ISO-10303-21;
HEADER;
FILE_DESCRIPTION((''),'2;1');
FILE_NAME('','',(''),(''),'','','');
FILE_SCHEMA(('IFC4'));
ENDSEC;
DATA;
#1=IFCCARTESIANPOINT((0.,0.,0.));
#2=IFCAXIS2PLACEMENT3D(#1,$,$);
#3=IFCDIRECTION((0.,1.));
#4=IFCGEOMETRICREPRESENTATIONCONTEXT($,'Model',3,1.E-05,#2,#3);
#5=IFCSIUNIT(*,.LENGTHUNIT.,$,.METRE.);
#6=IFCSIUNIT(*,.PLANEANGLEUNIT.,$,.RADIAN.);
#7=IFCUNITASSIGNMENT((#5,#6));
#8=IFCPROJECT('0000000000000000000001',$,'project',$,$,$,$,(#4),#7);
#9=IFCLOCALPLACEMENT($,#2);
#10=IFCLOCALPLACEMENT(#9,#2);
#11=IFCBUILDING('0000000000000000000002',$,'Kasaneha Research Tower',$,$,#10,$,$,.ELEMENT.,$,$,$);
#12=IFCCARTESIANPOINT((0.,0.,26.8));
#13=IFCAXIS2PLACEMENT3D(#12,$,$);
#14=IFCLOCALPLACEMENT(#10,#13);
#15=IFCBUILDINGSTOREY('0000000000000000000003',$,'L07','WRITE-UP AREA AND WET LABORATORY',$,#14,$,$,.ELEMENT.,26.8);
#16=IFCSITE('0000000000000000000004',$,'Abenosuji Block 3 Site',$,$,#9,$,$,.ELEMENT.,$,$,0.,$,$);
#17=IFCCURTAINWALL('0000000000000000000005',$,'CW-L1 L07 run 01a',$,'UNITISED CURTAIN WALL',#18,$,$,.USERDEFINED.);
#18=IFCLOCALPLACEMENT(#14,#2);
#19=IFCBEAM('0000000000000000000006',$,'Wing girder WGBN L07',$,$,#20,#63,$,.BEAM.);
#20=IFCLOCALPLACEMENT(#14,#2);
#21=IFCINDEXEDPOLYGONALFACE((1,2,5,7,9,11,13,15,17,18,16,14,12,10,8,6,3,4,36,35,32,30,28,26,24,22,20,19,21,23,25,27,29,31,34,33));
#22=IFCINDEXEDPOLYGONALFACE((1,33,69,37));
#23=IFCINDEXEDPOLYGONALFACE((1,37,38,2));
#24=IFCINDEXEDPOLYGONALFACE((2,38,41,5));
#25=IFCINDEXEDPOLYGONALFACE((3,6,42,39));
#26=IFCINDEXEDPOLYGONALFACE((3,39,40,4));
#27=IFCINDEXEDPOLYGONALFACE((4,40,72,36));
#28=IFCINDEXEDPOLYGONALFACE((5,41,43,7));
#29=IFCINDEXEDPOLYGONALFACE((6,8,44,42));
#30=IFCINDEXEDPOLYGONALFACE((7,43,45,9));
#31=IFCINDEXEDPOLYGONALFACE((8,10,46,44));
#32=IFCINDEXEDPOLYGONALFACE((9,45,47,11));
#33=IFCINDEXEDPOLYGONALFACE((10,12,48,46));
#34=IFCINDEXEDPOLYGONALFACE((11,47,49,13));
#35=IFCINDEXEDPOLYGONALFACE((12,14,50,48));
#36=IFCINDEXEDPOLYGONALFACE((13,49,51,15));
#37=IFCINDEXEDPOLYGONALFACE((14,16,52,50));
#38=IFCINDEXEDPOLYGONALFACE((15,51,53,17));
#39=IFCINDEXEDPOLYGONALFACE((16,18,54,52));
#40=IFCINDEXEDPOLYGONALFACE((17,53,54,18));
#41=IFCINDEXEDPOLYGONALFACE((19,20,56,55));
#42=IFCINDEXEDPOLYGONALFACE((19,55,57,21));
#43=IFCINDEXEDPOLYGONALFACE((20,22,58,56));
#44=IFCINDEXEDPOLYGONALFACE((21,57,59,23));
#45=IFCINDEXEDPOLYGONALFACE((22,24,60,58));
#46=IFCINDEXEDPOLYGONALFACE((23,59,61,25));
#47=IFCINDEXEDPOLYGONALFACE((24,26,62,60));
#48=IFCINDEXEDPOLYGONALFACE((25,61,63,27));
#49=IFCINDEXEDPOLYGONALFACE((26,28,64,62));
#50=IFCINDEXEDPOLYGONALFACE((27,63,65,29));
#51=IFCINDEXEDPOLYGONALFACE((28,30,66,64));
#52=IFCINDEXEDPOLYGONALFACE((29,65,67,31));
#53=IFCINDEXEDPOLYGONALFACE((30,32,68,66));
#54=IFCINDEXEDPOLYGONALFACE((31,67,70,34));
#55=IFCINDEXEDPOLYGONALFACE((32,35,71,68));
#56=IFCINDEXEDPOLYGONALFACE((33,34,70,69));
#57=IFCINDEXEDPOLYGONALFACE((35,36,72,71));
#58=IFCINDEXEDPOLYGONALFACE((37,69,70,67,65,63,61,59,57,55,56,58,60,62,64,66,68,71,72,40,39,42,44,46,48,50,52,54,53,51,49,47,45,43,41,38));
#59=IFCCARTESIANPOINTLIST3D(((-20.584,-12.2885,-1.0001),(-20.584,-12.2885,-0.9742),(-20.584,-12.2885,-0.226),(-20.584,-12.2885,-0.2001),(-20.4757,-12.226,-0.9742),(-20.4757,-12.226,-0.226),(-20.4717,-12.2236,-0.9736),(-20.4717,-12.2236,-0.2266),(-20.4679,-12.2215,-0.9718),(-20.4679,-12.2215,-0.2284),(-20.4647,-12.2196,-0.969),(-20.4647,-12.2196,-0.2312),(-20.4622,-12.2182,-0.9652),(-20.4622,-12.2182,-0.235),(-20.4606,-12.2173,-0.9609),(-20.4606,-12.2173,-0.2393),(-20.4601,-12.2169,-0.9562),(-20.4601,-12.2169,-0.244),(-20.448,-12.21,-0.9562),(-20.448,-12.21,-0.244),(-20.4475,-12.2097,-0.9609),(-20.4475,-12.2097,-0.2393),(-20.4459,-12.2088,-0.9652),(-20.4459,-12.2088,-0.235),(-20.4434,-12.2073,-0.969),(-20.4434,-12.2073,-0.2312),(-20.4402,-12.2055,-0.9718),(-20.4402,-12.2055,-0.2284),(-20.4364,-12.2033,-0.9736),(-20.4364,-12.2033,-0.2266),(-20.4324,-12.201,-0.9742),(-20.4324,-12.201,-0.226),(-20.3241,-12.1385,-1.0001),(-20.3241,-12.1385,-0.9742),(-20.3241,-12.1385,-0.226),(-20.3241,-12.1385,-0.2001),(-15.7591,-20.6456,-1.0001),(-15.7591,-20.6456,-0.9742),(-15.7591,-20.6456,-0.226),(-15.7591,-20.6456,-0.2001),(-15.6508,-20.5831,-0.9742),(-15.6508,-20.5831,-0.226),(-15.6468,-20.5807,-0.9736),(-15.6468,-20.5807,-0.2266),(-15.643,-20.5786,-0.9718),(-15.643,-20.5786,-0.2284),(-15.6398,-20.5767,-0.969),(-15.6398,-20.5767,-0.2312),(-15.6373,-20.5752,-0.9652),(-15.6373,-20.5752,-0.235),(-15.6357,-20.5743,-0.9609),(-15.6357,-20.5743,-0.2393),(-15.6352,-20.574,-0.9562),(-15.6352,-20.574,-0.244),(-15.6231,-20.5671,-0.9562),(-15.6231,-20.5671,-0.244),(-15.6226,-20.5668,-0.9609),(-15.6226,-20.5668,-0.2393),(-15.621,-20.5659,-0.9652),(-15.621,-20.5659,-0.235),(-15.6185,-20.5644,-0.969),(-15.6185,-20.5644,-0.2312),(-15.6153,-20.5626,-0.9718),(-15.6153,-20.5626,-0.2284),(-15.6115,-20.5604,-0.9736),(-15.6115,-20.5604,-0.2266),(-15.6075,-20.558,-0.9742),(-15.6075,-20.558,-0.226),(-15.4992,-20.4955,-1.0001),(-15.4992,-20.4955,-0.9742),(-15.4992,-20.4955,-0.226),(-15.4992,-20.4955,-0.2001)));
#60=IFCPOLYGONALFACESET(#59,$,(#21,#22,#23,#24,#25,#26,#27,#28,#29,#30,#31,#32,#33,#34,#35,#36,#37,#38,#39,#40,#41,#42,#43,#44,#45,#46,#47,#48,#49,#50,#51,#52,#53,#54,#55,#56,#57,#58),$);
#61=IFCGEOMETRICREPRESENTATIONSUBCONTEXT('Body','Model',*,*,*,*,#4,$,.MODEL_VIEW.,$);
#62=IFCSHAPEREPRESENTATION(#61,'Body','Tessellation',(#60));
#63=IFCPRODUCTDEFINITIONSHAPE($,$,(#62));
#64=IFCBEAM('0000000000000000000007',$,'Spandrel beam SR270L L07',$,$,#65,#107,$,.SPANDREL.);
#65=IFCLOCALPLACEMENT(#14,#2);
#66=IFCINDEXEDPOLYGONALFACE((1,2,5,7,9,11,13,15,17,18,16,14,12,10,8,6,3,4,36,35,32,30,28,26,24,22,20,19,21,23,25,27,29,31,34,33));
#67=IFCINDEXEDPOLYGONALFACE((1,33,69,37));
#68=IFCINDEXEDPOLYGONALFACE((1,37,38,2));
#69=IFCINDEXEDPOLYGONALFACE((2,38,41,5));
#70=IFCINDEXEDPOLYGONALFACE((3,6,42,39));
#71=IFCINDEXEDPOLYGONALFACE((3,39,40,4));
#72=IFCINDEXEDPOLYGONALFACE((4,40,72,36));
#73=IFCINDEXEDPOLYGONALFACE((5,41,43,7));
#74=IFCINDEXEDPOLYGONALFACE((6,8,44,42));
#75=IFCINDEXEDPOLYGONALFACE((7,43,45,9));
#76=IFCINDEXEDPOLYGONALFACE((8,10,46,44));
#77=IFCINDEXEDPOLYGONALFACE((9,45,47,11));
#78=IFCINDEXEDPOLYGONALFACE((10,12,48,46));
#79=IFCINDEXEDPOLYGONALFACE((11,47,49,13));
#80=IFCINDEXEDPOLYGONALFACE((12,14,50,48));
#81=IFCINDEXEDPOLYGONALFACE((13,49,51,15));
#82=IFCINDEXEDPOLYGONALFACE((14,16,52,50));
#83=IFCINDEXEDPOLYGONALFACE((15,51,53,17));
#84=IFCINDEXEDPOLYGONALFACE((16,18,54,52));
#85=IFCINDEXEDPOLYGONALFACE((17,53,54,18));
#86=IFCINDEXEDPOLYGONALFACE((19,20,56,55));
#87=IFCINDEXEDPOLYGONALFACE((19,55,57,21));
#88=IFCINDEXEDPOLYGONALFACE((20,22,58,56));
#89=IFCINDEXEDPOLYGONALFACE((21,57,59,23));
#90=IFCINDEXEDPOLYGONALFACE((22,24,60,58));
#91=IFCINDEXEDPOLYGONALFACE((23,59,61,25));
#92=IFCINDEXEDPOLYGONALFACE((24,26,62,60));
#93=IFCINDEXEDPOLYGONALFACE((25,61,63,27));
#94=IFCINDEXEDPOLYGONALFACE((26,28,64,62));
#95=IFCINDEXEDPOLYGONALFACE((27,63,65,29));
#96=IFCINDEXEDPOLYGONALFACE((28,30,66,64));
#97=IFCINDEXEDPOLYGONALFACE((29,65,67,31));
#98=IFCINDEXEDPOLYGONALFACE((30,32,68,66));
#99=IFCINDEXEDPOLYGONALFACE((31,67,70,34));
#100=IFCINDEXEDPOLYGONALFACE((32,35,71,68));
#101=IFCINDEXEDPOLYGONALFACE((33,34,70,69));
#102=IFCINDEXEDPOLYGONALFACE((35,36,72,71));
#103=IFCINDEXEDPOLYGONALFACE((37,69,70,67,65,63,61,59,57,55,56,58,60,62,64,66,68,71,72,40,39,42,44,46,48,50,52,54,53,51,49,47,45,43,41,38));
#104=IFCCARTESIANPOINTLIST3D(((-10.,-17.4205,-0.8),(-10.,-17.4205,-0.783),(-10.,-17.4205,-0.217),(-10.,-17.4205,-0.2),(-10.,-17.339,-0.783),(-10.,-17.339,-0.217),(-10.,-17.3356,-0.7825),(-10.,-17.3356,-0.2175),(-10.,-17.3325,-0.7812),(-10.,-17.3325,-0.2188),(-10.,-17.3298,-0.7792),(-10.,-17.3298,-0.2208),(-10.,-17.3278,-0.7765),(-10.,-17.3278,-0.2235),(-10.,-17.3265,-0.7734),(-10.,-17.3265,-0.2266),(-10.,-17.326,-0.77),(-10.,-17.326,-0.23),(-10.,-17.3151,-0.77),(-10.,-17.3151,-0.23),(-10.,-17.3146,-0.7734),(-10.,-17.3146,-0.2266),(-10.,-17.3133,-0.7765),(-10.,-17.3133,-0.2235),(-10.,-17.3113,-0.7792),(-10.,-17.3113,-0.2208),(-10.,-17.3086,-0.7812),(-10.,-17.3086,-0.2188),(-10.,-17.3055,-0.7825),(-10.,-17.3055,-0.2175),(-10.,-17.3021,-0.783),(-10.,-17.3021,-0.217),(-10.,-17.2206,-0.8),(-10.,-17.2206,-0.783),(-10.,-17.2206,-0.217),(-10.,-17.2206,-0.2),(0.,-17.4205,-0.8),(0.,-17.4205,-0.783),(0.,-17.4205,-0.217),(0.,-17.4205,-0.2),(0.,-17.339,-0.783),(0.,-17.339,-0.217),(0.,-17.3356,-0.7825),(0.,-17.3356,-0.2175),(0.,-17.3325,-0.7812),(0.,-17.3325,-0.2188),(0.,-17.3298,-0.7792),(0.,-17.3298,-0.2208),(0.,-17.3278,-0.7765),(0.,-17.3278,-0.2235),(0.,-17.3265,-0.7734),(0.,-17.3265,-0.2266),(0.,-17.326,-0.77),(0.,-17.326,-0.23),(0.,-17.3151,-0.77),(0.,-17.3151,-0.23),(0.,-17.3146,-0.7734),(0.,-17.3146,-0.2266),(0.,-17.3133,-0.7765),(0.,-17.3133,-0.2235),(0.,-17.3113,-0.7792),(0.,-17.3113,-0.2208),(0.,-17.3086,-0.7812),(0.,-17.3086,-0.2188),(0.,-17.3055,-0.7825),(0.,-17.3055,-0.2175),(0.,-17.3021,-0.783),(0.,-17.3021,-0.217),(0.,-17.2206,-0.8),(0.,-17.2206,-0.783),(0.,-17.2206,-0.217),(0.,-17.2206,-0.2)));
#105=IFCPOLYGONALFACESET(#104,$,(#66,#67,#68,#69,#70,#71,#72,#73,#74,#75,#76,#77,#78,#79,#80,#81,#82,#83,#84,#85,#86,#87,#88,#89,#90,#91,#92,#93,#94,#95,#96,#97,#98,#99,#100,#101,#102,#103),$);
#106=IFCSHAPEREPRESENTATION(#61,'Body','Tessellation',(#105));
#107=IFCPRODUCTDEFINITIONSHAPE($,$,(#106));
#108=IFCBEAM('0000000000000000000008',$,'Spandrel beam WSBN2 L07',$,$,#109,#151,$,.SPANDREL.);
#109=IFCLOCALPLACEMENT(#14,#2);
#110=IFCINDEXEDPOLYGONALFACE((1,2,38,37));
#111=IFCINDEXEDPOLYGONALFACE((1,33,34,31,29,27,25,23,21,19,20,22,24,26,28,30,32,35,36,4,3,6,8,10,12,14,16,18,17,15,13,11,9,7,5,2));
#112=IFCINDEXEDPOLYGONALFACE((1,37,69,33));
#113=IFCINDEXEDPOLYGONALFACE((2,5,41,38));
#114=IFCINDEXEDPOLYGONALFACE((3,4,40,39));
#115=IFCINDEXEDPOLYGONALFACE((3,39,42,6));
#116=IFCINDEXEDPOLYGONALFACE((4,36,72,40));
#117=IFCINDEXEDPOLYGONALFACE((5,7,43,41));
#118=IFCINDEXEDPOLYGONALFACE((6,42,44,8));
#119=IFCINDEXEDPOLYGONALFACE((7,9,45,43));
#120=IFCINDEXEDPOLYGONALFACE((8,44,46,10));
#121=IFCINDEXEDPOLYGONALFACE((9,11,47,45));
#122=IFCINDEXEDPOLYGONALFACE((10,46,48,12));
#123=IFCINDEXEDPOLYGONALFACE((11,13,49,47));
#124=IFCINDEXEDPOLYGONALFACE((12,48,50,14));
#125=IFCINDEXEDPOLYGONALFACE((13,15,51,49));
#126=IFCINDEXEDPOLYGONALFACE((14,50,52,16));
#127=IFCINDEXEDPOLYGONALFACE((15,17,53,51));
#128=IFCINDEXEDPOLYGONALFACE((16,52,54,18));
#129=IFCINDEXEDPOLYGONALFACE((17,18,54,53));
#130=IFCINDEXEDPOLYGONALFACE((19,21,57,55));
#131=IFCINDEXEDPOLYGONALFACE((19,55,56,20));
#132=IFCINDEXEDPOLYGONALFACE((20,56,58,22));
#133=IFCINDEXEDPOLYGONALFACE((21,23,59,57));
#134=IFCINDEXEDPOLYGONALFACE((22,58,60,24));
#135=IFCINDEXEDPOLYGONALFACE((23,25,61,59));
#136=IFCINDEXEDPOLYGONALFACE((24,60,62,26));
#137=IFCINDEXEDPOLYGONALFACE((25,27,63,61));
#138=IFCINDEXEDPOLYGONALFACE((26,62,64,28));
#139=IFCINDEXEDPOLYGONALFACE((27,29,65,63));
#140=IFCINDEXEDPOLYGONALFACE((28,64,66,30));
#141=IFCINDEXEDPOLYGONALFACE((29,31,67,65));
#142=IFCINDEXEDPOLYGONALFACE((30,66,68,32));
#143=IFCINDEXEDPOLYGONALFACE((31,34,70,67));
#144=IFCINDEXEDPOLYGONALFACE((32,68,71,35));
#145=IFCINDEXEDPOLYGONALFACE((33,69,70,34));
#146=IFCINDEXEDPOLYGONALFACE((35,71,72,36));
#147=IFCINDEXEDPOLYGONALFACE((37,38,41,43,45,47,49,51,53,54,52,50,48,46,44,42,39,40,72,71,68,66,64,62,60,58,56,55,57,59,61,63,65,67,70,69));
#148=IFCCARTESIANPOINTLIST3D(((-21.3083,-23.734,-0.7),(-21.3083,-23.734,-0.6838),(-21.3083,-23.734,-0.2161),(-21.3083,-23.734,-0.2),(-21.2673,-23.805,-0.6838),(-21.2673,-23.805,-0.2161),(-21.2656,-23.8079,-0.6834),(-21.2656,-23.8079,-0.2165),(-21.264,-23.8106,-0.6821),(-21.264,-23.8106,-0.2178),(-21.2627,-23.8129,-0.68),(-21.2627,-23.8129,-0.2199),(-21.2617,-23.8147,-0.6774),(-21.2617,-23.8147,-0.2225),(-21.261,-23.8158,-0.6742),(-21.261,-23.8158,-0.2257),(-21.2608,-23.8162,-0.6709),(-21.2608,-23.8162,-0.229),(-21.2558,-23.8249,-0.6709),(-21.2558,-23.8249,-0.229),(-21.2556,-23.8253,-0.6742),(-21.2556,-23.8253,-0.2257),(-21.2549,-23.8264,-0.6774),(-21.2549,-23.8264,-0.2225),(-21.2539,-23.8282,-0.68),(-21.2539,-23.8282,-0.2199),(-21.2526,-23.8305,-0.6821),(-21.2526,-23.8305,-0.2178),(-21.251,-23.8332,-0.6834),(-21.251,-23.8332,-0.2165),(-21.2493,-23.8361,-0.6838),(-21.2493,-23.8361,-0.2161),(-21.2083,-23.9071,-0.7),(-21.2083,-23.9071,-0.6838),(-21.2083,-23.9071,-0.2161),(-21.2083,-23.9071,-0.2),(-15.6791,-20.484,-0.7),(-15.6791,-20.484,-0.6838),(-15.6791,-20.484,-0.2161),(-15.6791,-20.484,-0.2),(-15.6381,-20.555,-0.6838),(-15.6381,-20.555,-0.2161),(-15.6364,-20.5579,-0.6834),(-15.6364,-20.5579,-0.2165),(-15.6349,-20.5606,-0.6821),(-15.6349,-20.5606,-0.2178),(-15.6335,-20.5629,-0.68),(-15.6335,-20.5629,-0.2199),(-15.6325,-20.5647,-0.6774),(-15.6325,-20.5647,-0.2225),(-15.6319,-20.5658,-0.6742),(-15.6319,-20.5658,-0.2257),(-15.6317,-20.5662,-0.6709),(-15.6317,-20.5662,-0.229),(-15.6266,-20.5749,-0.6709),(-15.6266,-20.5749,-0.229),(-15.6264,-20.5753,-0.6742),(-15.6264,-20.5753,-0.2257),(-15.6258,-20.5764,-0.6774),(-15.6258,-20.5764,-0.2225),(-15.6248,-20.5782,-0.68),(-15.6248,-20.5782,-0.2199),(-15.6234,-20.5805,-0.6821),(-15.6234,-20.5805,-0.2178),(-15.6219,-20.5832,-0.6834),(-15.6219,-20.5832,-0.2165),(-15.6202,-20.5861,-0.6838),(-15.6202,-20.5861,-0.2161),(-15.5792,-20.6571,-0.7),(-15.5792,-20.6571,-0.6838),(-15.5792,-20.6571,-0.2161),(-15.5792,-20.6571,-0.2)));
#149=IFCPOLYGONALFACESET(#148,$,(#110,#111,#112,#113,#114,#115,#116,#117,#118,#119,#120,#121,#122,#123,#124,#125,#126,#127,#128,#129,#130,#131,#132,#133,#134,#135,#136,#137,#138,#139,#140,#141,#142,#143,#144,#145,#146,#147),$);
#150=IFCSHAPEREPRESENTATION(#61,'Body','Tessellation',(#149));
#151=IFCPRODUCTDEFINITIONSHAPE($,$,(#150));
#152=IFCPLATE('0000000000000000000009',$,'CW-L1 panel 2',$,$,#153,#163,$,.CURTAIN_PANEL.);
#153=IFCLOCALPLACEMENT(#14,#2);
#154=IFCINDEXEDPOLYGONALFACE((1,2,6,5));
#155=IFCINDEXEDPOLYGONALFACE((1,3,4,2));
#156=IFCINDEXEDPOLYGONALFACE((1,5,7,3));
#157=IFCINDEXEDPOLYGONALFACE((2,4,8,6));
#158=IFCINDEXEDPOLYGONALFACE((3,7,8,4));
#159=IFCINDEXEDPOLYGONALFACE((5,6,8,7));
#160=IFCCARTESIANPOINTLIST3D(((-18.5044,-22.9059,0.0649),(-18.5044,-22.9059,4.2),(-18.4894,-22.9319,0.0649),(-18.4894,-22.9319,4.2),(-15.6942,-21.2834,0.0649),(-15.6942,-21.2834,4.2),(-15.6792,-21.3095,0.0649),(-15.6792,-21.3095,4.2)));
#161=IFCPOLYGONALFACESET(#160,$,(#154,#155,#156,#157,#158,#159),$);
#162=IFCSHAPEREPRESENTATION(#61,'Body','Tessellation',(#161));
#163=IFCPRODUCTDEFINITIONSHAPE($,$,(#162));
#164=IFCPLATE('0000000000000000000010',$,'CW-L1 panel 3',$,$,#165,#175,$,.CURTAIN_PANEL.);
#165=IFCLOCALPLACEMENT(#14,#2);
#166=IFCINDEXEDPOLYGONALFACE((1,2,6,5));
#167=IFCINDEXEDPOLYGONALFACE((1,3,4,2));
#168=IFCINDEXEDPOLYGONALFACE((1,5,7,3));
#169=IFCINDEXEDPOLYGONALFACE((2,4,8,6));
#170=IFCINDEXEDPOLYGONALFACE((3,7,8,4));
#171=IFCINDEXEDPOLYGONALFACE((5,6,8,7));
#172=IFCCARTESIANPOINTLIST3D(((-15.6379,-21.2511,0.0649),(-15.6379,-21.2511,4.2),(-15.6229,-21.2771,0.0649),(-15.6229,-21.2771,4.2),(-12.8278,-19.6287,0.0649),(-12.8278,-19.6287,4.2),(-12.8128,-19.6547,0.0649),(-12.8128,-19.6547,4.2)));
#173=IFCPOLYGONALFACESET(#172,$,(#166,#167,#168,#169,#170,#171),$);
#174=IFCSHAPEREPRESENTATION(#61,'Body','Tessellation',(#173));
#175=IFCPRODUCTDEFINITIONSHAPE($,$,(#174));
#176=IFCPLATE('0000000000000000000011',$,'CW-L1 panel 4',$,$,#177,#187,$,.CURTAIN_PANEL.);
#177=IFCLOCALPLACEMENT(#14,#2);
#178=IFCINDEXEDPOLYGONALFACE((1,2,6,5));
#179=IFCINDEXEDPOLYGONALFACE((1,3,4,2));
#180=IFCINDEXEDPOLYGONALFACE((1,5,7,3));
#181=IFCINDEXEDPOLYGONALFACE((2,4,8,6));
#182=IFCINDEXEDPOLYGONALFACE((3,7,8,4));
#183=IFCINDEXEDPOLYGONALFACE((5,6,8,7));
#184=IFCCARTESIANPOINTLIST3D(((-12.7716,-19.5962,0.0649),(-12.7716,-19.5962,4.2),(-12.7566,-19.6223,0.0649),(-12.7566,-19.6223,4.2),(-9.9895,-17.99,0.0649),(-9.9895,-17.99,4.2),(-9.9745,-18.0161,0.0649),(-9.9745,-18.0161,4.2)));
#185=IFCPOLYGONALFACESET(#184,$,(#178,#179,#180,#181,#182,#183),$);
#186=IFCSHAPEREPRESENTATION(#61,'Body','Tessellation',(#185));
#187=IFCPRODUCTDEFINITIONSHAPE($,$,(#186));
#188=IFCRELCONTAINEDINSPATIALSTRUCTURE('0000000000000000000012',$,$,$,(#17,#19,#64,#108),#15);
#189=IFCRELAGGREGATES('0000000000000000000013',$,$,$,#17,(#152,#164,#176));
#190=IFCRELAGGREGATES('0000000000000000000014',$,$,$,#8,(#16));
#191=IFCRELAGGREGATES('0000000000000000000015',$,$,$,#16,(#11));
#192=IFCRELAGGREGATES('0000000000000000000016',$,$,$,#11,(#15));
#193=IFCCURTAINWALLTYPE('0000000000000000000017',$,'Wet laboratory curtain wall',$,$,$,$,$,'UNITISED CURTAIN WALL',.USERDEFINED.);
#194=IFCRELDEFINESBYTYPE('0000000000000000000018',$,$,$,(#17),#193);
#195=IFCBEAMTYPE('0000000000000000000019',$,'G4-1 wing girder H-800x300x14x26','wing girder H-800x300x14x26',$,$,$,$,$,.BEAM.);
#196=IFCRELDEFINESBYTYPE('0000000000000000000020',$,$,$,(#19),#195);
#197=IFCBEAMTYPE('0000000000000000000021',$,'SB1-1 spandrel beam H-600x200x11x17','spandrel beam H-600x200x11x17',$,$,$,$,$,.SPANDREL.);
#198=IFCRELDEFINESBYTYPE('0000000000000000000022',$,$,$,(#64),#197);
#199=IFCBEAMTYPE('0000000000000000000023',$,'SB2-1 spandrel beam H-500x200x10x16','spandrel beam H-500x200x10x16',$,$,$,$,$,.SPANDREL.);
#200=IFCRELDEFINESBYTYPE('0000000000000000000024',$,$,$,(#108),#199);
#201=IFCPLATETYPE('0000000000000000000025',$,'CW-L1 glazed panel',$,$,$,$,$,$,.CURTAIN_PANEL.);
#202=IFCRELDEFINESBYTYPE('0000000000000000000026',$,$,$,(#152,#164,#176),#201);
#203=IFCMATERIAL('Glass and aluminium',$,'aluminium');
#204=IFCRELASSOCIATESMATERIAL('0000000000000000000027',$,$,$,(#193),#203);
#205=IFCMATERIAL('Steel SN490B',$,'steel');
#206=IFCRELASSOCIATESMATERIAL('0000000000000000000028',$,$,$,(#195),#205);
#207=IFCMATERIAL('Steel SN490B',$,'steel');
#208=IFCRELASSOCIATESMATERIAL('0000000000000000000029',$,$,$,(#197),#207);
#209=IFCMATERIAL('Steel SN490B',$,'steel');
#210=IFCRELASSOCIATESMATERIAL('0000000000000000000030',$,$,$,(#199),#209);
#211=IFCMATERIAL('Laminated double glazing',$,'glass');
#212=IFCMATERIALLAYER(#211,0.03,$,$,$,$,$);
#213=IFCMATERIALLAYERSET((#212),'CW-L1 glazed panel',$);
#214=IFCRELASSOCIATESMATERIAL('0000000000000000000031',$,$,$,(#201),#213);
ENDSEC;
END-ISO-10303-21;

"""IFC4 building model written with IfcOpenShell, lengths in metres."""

from ifc_helpers import new_model, si_unit, direction, frame, origin, origin_2d, place, context, subcontext, project, spatial, rectangle, i_section, extrude, material, layer, layer_set, material_profile, profile_set, type_object, element, aggregate, save


model = new_model("IFC4")

# Units and contexts
model_context = context("Model", 3, precision=1e-05, world=origin(), true_north=direction((0.0, 1.0)))
body_context = subcontext(model_context, "Body", "Model", "MODEL_VIEW")
ifc_project = project(units=[si_unit("LENGTHUNIT", "METRE"), si_unit("PLANEANGLEUNIT", "RADIAN")], contexts=[model_context])

# Site, building, storey
site_placement = place(None, origin())
site = spatial("IfcSite", under=ifc_project, at=site_placement, Name="Abenosuji Block 3 Site", CompositionType="ELEMENT", RefElevation=0.0)
building_placement = place(site_placement, origin())
building = spatial("IfcBuilding", under=site, at=building_placement, Name="Kasaneha Research Tower", CompositionType="ELEMENT")
storey_placement = place(building_placement, frame((0.0, 0.0, 26.8)))
storey = spatial("IfcBuildingStorey", under=building, at=storey_placement, Name="L07", Description="WRITE-UP AREA AND WET LABORATORY", CompositionType="ELEMENT", Elevation=26.8)

# Curtain wall
ifc_material_1 = material(Name="Glass and aluminium", Category="aluminium")
curtain_wall_type = type_object("IfcCurtainWallType", Name="Wet laboratory curtain wall", ElementType="UNITISED CURTAIN WALL", PredefinedType="USERDEFINED", material=ifc_material_1)
curtain_wall_1_placement = place(storey_placement, origin())
curtain_wall_1 = element("IfcCurtainWall", 1, at=curtain_wall_1_placement, inside=storey, type_object=curtain_wall_type, Name="CW-L1 L07 run 01a", ObjectType="UNITISED CURTAIN WALL", PredefinedType="USERDEFINED")

# Beams
ifc_material_2 = material(Name="Steel SN490B", Category="steel")
ifc_material_profile_1 = material_profile(ifc_material_2, i_section(OverallWidth=0.3, OverallDepth=0.8, WebThickness=0.0139, FlangeThickness=0.0259, FilletRadius=0.0181, at=origin_2d()), Name="H-800x300x14x26")
ifc_profile_set_1 = profile_set([ifc_material_profile_1], Name="Steel SN490B")
beam_type_1 = type_object("IfcBeamType", Name="G4-1 wing girder H-800x300x14x26", Description="wing girder H-800x300x14x26", PredefinedType="BEAM", material=ifc_profile_set_1)
beam_1_placement = place(storey_placement, frame((-15.6292, -20.5706, -0.6001), z_axis=(-0.499995, 0.866028, 0.0), x_axis=(-0.866028, -0.499995, 0.0)))
element("IfcBeam", 2, at=beam_1_placement, inside=storey, type_object=beam_type_1, Name="Wing girder WGBN L07", PredefinedType="BEAM", context=body_context, shape_type="SweptSolid", body=[
    extrude(i_section(OverallWidth=0.3, OverallDepth=0.8, WebThickness=0.0139, FlangeThickness=0.0259, FilletRadius=0.0181, at=origin_2d()), origin(), (0.0, 0.0, 1.0), 9.6499),
])
ifc_material_3 = material(Name="Steel SN490B", Category="steel")
ifc_material_profile_2 = material_profile(ifc_material_3, i_section(OverallWidth=0.2, OverallDepth=0.6001, WebThickness=0.011, FlangeThickness=0.0171, FilletRadius=0.0129, at=origin_2d()), Name="H-600x200x11x17")
ifc_profile_set_2 = profile_set([ifc_material_profile_2], Name="Steel SN490B")
beam_type_2 = type_object("IfcBeamType", Name="SB1-1 spandrel beam H-600x200x11x17", Description="spandrel beam H-600x200x11x17", PredefinedType="SPANDREL", material=ifc_profile_set_2)
beam_2_placement = place(storey_placement, frame((-10.0, -17.3206, -0.5), z_axis=(1.0, 0.0, 0.0), x_axis=(0.0, 1.0, 0.0)))
element("IfcBeam", 3, at=beam_2_placement, inside=storey, type_object=beam_type_2, Name="Spandrel beam SR270L L07", PredefinedType="SPANDREL", context=body_context, shape_type="SweptSolid", body=[
    extrude(i_section(OverallWidth=0.2, OverallDepth=0.6001, WebThickness=0.011, FlangeThickness=0.0171, FilletRadius=0.0129, at=origin_2d()), origin(), (0.0, 0.0, 1.0), 10.0),
])
ifc_material_4 = material(Name="Steel SN490B", Category="steel")
ifc_material_profile_3 = material_profile(ifc_material_4, i_section(OverallWidth=0.2, OverallDepth=0.5, WebThickness=0.01, FlangeThickness=0.0161, FilletRadius=0.0129, at=origin_2d()), Name="H-500x200x10x16")
ifc_profile_set_3 = profile_set([ifc_material_profile_3], Name="Steel SN490B")
beam_type_3 = type_object("IfcBeamType", Name="SB2-1 spandrel beam H-500x200x10x16", Description="spandrel beam H-500x200x10x16", PredefinedType="SPANDREL", material=ifc_profile_set_3)
beam_3_placement = place(storey_placement, frame((-15.6292, -20.5706, -0.45), z_axis=(-0.866025, -0.500001, 0.0), x_axis=(0.500001, -0.866025, 0.0)))
element("IfcBeam", 4, at=beam_3_placement, inside=storey, type_object=beam_type_3, Name="Spandrel beam WSBN2 L07", PredefinedType="SPANDREL", context=body_context, shape_type="SweptSolid", body=[
    extrude(i_section(OverallWidth=0.2, OverallDepth=0.5, WebThickness=0.01, FlangeThickness=0.0161, FilletRadius=0.0129, at=origin_2d()), origin(), (0.0, 0.0, 1.0), 6.5),
])

# Plates
ifc_material_5 = material(Name="Laminated double glazing", Category="glass")
ifc_layer_1 = layer(ifc_material_5, 0.03)
ifc_layer_set_1 = layer_set([ifc_layer_1], Name="CW-L1 glazed panel")
plate_type = type_object("IfcPlateType", Name="CW-L1 glazed panel", PredefinedType="CURTAIN_PANEL", material=ifc_layer_set_1)
plate_1_placement = place(storey_placement, frame((-17.0918, -22.1077, 0.0649), z_axis=(0.0, 0.0, 1.0), x_axis=(0.866025, 0.5, 0.0)))
plate_1 = element("IfcPlate", 5, at=plate_1_placement, type_object=plate_type, Name="CW-L1 panel 2", PredefinedType="CURTAIN_PANEL", context=body_context, shape_type="SweptSolid", body=[
    extrude(rectangle(XDim=3.2449, YDim=0.03, at=origin_2d()), origin(), (0.0, 0.0, 1.0), 4.135),
])
plate_2_placement = place(storey_placement, frame((-14.2253, -20.4529, 0.0649), z_axis=(0.0, 0.0, 1.0), x_axis=(0.866025, 0.5, 0.0)))
plate_2 = element("IfcPlate", 6, at=plate_2_placement, type_object=plate_type, Name="CW-L1 panel 3", PredefinedType="CURTAIN_PANEL", context=body_context, shape_type="SweptSolid", body=[
    extrude(rectangle(XDim=3.2449, YDim=0.03, at=origin_2d()), origin(), (0.0, 0.0, 1.0), 4.135),
])
plate_3_placement = place(storey_placement, frame((-11.373, -18.8062, 0.0649), z_axis=(0.0, 0.0, 1.0), x_axis=(0.866025, 0.5, 0.0)))
plate_3 = element("IfcPlate", 7, at=plate_3_placement, type_object=plate_type, Name="CW-L1 panel 4", PredefinedType="CURTAIN_PANEL", context=body_context, shape_type="SweptSolid", body=[
    extrude(rectangle(XDim=3.2124, YDim=0.03, at=origin_2d()), origin(), (0.0, 0.0, 1.0), 4.135),
])
aggregate(curtain_wall_1, [plate_1, plate_2, plate_3])

save(model, "model.ifc")
